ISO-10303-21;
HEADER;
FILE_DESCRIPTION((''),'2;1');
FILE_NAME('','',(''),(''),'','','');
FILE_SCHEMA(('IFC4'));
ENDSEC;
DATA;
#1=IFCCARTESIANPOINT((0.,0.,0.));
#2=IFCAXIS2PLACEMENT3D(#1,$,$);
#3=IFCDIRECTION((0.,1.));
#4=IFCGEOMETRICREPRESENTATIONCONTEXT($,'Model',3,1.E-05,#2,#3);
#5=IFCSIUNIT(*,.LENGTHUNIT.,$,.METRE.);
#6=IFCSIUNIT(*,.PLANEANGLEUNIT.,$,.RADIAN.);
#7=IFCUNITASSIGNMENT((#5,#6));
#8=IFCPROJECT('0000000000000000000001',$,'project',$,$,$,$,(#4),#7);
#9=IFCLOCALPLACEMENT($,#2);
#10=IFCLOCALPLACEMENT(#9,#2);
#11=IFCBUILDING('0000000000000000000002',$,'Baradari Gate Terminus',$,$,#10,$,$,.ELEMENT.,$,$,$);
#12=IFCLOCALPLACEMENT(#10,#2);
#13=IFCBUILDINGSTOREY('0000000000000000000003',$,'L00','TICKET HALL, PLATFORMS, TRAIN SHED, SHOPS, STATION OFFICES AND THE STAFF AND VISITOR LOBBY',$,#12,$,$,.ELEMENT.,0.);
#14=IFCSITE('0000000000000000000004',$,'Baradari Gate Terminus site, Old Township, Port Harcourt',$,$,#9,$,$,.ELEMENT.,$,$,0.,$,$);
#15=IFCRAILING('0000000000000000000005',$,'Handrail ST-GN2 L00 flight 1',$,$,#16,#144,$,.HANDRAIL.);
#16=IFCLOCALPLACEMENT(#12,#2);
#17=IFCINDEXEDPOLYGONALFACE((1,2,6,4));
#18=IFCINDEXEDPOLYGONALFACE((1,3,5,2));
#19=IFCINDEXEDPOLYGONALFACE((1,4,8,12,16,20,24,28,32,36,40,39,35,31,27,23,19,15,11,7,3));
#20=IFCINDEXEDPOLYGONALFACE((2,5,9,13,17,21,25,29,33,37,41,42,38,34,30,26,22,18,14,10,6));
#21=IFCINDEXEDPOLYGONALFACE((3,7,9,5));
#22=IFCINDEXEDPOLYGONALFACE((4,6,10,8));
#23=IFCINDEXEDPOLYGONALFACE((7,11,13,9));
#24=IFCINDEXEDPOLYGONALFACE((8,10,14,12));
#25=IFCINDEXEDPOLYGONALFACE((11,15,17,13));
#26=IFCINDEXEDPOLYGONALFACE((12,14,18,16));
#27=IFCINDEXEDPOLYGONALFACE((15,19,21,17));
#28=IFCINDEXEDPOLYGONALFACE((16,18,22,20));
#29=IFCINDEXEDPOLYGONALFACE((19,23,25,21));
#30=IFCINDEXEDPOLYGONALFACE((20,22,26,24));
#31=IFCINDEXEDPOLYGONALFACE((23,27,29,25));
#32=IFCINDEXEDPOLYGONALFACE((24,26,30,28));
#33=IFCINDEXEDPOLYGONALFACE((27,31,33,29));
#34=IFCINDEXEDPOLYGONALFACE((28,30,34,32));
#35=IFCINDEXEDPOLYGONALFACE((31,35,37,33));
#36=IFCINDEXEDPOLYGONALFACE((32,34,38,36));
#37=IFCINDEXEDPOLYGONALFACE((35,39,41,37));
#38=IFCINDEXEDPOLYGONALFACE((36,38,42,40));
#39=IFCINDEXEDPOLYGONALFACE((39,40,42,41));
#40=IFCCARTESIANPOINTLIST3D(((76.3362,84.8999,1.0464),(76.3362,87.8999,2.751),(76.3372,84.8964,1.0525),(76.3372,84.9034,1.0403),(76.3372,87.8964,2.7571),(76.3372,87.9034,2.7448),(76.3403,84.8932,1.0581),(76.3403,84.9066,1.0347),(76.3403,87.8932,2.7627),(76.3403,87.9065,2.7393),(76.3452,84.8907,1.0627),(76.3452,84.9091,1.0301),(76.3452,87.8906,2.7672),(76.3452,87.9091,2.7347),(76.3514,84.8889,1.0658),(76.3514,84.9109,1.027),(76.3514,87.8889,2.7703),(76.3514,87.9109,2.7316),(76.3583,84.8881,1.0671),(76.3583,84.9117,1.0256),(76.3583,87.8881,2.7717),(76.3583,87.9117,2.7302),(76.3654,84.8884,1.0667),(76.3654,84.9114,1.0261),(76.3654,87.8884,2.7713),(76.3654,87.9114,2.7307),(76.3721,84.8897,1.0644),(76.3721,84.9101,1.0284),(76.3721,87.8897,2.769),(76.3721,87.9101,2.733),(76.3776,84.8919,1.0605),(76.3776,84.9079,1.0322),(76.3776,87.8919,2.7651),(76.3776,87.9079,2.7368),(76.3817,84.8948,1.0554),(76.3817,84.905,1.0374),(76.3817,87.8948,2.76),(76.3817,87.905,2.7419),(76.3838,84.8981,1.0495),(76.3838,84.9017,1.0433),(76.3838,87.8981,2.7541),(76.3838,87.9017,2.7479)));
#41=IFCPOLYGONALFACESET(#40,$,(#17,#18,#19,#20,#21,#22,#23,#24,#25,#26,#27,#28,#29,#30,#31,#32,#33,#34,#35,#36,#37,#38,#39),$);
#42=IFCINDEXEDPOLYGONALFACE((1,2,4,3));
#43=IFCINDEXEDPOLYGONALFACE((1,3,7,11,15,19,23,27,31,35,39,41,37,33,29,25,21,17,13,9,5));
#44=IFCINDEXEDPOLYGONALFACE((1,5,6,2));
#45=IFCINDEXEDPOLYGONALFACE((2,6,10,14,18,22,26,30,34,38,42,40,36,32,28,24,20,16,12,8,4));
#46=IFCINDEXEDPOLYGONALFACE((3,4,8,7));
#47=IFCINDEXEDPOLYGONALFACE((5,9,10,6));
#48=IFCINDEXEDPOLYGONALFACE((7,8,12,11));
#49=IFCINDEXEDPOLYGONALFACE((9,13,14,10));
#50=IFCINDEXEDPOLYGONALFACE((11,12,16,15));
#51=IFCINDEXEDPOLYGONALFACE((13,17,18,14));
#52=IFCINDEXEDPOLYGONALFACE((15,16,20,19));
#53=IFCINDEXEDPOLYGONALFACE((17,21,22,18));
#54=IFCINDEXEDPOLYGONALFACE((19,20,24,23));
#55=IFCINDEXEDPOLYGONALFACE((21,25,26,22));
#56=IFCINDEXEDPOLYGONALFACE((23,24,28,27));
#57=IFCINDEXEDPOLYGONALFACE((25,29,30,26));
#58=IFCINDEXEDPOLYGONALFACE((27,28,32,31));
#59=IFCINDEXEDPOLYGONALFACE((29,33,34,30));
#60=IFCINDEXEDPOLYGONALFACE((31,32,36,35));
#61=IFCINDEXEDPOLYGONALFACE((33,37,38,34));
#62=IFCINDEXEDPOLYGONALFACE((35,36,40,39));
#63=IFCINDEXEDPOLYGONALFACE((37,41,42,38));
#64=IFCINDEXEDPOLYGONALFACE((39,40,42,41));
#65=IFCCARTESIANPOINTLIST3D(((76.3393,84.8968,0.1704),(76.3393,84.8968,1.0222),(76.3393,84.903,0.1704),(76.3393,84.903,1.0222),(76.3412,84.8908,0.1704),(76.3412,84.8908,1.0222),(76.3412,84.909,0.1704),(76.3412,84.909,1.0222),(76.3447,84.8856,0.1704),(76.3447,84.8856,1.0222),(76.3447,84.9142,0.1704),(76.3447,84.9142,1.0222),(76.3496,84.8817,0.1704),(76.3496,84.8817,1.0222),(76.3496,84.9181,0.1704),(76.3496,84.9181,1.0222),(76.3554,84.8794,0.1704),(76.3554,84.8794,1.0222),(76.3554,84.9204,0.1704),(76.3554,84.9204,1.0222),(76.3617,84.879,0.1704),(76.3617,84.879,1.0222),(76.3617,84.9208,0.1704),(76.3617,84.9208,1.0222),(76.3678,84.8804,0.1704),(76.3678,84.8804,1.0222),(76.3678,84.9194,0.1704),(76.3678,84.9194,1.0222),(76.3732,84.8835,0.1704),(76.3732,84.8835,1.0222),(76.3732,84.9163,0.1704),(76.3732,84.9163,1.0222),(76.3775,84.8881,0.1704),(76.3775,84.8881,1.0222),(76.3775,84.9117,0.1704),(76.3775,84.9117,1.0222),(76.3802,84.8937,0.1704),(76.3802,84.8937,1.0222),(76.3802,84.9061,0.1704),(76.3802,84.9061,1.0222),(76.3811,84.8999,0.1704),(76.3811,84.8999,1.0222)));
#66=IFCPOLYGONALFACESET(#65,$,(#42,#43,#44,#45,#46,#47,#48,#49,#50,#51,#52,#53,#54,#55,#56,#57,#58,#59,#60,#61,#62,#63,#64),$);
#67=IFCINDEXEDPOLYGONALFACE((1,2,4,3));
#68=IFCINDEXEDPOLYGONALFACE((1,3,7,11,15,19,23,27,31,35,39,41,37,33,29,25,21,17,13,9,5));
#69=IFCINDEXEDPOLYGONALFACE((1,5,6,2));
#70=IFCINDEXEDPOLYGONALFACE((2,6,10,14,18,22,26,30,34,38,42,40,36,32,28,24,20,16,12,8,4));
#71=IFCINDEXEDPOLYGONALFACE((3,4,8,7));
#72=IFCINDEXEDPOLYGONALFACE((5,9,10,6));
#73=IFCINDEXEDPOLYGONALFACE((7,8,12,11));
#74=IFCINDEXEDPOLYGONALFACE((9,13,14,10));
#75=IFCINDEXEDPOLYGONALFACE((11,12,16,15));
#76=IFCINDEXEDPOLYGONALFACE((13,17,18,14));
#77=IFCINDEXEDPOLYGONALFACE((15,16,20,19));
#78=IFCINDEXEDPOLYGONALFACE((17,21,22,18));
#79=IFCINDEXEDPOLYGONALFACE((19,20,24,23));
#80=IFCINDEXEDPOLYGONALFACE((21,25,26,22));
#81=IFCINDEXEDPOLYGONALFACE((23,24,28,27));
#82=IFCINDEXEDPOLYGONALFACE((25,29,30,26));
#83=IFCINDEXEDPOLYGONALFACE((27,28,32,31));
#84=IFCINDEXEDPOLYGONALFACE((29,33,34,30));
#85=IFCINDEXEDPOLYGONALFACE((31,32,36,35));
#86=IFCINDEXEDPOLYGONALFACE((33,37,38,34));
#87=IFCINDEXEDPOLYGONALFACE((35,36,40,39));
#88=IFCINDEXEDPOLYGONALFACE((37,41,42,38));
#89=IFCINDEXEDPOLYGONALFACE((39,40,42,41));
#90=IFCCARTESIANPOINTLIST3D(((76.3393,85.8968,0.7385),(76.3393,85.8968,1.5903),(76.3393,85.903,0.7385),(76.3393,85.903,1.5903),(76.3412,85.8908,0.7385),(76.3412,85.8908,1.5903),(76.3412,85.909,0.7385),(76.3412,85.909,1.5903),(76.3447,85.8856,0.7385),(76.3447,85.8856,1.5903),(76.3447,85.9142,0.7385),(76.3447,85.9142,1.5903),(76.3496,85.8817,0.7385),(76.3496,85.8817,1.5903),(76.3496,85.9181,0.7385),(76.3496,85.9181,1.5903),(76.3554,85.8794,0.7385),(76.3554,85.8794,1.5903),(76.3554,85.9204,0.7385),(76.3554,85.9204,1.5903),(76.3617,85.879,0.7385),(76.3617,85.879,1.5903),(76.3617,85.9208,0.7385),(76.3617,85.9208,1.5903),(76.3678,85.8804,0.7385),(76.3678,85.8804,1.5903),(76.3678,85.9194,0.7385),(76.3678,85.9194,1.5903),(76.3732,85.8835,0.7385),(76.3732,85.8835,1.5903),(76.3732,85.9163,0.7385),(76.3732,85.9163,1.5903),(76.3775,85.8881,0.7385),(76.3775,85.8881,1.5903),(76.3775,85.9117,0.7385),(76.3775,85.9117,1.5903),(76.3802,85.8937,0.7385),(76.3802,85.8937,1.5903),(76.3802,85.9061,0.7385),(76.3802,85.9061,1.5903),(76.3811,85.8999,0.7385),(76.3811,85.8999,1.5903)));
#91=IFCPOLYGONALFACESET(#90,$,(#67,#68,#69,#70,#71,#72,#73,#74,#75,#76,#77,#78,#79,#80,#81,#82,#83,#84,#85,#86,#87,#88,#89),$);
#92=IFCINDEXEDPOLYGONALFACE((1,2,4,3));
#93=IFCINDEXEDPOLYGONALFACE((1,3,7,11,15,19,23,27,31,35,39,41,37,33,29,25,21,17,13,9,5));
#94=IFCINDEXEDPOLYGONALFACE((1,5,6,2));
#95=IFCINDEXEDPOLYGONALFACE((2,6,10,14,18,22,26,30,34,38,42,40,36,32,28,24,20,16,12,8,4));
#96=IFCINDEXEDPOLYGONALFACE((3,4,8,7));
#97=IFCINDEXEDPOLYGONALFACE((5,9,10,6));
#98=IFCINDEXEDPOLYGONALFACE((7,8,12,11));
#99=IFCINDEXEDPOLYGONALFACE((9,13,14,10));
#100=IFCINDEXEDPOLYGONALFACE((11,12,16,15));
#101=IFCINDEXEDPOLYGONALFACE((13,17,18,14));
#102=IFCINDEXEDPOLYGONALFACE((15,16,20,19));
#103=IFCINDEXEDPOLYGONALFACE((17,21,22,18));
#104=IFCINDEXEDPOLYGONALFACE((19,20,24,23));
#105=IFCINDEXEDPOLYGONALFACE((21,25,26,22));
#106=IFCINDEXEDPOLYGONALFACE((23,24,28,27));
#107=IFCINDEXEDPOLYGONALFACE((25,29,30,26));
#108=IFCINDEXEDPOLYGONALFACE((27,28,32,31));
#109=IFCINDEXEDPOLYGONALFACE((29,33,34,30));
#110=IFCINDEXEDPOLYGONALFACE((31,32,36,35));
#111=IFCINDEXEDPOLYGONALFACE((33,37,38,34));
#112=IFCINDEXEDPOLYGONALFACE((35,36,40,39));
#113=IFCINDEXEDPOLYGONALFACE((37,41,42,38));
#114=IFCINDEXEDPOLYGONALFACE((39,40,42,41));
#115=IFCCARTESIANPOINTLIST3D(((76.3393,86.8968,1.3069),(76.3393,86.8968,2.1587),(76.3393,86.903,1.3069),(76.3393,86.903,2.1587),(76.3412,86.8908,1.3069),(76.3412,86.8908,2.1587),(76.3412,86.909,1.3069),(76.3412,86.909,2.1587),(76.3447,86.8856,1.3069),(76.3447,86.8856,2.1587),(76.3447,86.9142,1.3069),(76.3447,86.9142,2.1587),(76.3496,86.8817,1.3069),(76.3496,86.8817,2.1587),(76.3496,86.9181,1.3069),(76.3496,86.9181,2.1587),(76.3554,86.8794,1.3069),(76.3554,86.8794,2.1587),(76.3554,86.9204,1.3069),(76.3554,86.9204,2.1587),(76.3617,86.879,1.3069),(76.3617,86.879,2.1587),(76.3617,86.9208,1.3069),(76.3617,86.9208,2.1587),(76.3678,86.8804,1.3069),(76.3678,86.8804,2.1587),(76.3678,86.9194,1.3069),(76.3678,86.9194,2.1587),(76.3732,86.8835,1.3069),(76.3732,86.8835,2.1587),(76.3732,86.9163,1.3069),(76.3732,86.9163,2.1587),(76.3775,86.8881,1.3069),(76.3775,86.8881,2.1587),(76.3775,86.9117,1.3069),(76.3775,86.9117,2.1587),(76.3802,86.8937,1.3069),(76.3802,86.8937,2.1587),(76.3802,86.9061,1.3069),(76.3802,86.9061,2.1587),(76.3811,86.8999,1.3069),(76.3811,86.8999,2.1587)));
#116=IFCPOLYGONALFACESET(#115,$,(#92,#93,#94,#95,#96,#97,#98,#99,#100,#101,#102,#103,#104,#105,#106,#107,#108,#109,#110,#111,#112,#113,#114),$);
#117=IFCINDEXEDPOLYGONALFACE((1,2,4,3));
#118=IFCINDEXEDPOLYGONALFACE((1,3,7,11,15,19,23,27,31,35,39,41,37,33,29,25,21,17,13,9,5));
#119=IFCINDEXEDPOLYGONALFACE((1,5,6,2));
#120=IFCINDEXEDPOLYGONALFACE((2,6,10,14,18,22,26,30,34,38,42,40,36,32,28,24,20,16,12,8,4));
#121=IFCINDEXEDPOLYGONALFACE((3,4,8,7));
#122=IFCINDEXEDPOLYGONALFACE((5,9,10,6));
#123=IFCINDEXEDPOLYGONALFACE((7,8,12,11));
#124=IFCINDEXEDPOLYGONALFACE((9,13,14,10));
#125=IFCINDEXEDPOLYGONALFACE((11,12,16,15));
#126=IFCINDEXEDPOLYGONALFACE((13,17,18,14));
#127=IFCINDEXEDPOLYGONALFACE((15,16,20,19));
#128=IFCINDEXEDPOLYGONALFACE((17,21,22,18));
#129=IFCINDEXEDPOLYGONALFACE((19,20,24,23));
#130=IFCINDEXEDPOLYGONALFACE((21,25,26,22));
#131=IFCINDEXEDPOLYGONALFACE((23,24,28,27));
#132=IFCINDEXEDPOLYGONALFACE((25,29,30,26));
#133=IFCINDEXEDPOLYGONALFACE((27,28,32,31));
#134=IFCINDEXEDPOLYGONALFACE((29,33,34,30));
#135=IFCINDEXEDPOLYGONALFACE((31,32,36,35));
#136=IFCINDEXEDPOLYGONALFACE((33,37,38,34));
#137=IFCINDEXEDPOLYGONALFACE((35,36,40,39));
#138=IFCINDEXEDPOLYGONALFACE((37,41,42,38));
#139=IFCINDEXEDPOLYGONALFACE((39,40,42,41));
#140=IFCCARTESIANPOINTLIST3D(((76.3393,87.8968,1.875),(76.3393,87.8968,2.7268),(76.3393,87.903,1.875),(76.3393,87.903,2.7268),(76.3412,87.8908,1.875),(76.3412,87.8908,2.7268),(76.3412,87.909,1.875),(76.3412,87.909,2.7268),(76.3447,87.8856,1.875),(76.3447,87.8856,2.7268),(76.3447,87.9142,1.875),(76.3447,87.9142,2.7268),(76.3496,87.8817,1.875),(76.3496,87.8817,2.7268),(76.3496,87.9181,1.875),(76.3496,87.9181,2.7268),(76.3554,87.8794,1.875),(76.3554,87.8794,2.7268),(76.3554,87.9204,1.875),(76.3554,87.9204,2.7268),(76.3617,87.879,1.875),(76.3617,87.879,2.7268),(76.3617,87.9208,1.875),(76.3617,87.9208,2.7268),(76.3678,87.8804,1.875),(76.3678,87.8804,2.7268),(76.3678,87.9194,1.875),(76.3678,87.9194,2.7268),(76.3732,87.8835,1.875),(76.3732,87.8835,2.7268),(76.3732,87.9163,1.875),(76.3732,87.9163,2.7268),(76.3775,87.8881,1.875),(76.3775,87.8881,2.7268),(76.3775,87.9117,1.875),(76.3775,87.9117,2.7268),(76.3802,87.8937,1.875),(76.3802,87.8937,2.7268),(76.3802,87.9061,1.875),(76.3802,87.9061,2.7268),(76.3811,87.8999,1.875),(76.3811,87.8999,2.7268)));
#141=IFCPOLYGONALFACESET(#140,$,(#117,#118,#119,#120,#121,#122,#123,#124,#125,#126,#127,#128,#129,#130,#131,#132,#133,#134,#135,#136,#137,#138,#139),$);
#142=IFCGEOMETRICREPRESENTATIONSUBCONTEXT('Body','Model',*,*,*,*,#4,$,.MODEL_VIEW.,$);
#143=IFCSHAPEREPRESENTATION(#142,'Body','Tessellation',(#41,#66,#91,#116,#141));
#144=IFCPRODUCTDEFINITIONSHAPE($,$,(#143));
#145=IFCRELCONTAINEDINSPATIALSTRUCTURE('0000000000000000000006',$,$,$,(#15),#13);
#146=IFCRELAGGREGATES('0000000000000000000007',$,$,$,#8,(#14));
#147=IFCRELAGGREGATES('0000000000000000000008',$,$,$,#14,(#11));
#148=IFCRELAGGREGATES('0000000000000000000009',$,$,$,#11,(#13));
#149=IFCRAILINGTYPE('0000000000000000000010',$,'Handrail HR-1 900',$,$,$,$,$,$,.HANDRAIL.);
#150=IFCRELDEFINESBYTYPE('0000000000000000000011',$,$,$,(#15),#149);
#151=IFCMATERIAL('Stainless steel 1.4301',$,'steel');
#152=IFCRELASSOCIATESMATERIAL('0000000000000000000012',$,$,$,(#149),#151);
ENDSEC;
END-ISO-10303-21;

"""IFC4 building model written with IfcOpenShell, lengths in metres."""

from ifc_helpers import new_model, si_unit, direction, frame, origin, origin_2d, place, context, subcontext, project, spatial, circle, extrude, material, type_object, element, save


model = new_model("IFC4")

# Units and contexts
model_context = context("Model", 3, precision=1e-05, world=origin(), true_north=direction((0.0, 1.0)))
body_context = subcontext(model_context, "Body", "Model", "MODEL_VIEW")
ifc_project = project(units=[si_unit("LENGTHUNIT", "METRE"), si_unit("PLANEANGLEUNIT", "RADIAN")], contexts=[model_context])

# Site, building, storey
site_placement = place(None, origin())
site = spatial("IfcSite", under=ifc_project, at=site_placement, Name="Baradari Gate Terminus site, Old Township, Port Harcourt", CompositionType="ELEMENT", RefElevation=0.0)
building_placement = place(site_placement, origin())
building = spatial("IfcBuilding", under=site, at=building_placement, Name="Baradari Gate Terminus", CompositionType="ELEMENT")
storey_placement = place(building_placement, origin())
storey = spatial("IfcBuildingStorey", under=building, at=storey_placement, Name="L00", Description="TICKET HALL, PLATFORMS, TRAIN SHED, SHOPS, STATION OFFICES AND THE STAFF AND VISITOR LOBBY", CompositionType="ELEMENT", Elevation=0.0)

# Railing
ifc_material_1 = material(Name="Stainless steel 1.4301", Category="steel")
railing_type_1 = type_object("IfcRailingType", Name="Handrail HR-1 900", PredefinedType="HANDRAIL", material=ifc_material_1)
for number, where, name in (
    (1, (76.3601, 84.8999, 0.1704), "Handrail ST-GN2 L00 flight 1"),
):
    element("IfcRailing", number, at=place(storey_placement, frame(where)), inside=storey, type_object=railing_type_1, Name=name, PredefinedType="HANDRAIL", context=body_context, shape_type="SweptSolid", body=[
        extrude(circle(Radius=0.0239, at=origin_2d()), frame((0.0, 0.0, 0.876), z_axis=(0.0, 0.869451, 0.494019), x_axis=(-1.0, 0.0, 0.0)), (0.0, 0.0, 1.0), 3.4504),
        extrude(circle(Radius=0.021, at=origin_2d()), origin(), (0.0, 0.0, 1.0), 0.8518),
        extrude(circle(Radius=0.021, at=origin_2d()), frame((0.0, 1.0, 0.5681)), (0.0, 0.0, 1.0), 0.8518),
        extrude(circle(Radius=0.021, at=origin_2d()), frame((0.0, 2.0, 1.1365)), (0.0, 0.0, 1.0), 0.8518),
        extrude(circle(Radius=0.021, at=origin_2d()), frame((0.0, 3.0, 1.7046)), (0.0, 0.0, 1.0), 0.8518),
    ])

save(model, "model.ifc")
